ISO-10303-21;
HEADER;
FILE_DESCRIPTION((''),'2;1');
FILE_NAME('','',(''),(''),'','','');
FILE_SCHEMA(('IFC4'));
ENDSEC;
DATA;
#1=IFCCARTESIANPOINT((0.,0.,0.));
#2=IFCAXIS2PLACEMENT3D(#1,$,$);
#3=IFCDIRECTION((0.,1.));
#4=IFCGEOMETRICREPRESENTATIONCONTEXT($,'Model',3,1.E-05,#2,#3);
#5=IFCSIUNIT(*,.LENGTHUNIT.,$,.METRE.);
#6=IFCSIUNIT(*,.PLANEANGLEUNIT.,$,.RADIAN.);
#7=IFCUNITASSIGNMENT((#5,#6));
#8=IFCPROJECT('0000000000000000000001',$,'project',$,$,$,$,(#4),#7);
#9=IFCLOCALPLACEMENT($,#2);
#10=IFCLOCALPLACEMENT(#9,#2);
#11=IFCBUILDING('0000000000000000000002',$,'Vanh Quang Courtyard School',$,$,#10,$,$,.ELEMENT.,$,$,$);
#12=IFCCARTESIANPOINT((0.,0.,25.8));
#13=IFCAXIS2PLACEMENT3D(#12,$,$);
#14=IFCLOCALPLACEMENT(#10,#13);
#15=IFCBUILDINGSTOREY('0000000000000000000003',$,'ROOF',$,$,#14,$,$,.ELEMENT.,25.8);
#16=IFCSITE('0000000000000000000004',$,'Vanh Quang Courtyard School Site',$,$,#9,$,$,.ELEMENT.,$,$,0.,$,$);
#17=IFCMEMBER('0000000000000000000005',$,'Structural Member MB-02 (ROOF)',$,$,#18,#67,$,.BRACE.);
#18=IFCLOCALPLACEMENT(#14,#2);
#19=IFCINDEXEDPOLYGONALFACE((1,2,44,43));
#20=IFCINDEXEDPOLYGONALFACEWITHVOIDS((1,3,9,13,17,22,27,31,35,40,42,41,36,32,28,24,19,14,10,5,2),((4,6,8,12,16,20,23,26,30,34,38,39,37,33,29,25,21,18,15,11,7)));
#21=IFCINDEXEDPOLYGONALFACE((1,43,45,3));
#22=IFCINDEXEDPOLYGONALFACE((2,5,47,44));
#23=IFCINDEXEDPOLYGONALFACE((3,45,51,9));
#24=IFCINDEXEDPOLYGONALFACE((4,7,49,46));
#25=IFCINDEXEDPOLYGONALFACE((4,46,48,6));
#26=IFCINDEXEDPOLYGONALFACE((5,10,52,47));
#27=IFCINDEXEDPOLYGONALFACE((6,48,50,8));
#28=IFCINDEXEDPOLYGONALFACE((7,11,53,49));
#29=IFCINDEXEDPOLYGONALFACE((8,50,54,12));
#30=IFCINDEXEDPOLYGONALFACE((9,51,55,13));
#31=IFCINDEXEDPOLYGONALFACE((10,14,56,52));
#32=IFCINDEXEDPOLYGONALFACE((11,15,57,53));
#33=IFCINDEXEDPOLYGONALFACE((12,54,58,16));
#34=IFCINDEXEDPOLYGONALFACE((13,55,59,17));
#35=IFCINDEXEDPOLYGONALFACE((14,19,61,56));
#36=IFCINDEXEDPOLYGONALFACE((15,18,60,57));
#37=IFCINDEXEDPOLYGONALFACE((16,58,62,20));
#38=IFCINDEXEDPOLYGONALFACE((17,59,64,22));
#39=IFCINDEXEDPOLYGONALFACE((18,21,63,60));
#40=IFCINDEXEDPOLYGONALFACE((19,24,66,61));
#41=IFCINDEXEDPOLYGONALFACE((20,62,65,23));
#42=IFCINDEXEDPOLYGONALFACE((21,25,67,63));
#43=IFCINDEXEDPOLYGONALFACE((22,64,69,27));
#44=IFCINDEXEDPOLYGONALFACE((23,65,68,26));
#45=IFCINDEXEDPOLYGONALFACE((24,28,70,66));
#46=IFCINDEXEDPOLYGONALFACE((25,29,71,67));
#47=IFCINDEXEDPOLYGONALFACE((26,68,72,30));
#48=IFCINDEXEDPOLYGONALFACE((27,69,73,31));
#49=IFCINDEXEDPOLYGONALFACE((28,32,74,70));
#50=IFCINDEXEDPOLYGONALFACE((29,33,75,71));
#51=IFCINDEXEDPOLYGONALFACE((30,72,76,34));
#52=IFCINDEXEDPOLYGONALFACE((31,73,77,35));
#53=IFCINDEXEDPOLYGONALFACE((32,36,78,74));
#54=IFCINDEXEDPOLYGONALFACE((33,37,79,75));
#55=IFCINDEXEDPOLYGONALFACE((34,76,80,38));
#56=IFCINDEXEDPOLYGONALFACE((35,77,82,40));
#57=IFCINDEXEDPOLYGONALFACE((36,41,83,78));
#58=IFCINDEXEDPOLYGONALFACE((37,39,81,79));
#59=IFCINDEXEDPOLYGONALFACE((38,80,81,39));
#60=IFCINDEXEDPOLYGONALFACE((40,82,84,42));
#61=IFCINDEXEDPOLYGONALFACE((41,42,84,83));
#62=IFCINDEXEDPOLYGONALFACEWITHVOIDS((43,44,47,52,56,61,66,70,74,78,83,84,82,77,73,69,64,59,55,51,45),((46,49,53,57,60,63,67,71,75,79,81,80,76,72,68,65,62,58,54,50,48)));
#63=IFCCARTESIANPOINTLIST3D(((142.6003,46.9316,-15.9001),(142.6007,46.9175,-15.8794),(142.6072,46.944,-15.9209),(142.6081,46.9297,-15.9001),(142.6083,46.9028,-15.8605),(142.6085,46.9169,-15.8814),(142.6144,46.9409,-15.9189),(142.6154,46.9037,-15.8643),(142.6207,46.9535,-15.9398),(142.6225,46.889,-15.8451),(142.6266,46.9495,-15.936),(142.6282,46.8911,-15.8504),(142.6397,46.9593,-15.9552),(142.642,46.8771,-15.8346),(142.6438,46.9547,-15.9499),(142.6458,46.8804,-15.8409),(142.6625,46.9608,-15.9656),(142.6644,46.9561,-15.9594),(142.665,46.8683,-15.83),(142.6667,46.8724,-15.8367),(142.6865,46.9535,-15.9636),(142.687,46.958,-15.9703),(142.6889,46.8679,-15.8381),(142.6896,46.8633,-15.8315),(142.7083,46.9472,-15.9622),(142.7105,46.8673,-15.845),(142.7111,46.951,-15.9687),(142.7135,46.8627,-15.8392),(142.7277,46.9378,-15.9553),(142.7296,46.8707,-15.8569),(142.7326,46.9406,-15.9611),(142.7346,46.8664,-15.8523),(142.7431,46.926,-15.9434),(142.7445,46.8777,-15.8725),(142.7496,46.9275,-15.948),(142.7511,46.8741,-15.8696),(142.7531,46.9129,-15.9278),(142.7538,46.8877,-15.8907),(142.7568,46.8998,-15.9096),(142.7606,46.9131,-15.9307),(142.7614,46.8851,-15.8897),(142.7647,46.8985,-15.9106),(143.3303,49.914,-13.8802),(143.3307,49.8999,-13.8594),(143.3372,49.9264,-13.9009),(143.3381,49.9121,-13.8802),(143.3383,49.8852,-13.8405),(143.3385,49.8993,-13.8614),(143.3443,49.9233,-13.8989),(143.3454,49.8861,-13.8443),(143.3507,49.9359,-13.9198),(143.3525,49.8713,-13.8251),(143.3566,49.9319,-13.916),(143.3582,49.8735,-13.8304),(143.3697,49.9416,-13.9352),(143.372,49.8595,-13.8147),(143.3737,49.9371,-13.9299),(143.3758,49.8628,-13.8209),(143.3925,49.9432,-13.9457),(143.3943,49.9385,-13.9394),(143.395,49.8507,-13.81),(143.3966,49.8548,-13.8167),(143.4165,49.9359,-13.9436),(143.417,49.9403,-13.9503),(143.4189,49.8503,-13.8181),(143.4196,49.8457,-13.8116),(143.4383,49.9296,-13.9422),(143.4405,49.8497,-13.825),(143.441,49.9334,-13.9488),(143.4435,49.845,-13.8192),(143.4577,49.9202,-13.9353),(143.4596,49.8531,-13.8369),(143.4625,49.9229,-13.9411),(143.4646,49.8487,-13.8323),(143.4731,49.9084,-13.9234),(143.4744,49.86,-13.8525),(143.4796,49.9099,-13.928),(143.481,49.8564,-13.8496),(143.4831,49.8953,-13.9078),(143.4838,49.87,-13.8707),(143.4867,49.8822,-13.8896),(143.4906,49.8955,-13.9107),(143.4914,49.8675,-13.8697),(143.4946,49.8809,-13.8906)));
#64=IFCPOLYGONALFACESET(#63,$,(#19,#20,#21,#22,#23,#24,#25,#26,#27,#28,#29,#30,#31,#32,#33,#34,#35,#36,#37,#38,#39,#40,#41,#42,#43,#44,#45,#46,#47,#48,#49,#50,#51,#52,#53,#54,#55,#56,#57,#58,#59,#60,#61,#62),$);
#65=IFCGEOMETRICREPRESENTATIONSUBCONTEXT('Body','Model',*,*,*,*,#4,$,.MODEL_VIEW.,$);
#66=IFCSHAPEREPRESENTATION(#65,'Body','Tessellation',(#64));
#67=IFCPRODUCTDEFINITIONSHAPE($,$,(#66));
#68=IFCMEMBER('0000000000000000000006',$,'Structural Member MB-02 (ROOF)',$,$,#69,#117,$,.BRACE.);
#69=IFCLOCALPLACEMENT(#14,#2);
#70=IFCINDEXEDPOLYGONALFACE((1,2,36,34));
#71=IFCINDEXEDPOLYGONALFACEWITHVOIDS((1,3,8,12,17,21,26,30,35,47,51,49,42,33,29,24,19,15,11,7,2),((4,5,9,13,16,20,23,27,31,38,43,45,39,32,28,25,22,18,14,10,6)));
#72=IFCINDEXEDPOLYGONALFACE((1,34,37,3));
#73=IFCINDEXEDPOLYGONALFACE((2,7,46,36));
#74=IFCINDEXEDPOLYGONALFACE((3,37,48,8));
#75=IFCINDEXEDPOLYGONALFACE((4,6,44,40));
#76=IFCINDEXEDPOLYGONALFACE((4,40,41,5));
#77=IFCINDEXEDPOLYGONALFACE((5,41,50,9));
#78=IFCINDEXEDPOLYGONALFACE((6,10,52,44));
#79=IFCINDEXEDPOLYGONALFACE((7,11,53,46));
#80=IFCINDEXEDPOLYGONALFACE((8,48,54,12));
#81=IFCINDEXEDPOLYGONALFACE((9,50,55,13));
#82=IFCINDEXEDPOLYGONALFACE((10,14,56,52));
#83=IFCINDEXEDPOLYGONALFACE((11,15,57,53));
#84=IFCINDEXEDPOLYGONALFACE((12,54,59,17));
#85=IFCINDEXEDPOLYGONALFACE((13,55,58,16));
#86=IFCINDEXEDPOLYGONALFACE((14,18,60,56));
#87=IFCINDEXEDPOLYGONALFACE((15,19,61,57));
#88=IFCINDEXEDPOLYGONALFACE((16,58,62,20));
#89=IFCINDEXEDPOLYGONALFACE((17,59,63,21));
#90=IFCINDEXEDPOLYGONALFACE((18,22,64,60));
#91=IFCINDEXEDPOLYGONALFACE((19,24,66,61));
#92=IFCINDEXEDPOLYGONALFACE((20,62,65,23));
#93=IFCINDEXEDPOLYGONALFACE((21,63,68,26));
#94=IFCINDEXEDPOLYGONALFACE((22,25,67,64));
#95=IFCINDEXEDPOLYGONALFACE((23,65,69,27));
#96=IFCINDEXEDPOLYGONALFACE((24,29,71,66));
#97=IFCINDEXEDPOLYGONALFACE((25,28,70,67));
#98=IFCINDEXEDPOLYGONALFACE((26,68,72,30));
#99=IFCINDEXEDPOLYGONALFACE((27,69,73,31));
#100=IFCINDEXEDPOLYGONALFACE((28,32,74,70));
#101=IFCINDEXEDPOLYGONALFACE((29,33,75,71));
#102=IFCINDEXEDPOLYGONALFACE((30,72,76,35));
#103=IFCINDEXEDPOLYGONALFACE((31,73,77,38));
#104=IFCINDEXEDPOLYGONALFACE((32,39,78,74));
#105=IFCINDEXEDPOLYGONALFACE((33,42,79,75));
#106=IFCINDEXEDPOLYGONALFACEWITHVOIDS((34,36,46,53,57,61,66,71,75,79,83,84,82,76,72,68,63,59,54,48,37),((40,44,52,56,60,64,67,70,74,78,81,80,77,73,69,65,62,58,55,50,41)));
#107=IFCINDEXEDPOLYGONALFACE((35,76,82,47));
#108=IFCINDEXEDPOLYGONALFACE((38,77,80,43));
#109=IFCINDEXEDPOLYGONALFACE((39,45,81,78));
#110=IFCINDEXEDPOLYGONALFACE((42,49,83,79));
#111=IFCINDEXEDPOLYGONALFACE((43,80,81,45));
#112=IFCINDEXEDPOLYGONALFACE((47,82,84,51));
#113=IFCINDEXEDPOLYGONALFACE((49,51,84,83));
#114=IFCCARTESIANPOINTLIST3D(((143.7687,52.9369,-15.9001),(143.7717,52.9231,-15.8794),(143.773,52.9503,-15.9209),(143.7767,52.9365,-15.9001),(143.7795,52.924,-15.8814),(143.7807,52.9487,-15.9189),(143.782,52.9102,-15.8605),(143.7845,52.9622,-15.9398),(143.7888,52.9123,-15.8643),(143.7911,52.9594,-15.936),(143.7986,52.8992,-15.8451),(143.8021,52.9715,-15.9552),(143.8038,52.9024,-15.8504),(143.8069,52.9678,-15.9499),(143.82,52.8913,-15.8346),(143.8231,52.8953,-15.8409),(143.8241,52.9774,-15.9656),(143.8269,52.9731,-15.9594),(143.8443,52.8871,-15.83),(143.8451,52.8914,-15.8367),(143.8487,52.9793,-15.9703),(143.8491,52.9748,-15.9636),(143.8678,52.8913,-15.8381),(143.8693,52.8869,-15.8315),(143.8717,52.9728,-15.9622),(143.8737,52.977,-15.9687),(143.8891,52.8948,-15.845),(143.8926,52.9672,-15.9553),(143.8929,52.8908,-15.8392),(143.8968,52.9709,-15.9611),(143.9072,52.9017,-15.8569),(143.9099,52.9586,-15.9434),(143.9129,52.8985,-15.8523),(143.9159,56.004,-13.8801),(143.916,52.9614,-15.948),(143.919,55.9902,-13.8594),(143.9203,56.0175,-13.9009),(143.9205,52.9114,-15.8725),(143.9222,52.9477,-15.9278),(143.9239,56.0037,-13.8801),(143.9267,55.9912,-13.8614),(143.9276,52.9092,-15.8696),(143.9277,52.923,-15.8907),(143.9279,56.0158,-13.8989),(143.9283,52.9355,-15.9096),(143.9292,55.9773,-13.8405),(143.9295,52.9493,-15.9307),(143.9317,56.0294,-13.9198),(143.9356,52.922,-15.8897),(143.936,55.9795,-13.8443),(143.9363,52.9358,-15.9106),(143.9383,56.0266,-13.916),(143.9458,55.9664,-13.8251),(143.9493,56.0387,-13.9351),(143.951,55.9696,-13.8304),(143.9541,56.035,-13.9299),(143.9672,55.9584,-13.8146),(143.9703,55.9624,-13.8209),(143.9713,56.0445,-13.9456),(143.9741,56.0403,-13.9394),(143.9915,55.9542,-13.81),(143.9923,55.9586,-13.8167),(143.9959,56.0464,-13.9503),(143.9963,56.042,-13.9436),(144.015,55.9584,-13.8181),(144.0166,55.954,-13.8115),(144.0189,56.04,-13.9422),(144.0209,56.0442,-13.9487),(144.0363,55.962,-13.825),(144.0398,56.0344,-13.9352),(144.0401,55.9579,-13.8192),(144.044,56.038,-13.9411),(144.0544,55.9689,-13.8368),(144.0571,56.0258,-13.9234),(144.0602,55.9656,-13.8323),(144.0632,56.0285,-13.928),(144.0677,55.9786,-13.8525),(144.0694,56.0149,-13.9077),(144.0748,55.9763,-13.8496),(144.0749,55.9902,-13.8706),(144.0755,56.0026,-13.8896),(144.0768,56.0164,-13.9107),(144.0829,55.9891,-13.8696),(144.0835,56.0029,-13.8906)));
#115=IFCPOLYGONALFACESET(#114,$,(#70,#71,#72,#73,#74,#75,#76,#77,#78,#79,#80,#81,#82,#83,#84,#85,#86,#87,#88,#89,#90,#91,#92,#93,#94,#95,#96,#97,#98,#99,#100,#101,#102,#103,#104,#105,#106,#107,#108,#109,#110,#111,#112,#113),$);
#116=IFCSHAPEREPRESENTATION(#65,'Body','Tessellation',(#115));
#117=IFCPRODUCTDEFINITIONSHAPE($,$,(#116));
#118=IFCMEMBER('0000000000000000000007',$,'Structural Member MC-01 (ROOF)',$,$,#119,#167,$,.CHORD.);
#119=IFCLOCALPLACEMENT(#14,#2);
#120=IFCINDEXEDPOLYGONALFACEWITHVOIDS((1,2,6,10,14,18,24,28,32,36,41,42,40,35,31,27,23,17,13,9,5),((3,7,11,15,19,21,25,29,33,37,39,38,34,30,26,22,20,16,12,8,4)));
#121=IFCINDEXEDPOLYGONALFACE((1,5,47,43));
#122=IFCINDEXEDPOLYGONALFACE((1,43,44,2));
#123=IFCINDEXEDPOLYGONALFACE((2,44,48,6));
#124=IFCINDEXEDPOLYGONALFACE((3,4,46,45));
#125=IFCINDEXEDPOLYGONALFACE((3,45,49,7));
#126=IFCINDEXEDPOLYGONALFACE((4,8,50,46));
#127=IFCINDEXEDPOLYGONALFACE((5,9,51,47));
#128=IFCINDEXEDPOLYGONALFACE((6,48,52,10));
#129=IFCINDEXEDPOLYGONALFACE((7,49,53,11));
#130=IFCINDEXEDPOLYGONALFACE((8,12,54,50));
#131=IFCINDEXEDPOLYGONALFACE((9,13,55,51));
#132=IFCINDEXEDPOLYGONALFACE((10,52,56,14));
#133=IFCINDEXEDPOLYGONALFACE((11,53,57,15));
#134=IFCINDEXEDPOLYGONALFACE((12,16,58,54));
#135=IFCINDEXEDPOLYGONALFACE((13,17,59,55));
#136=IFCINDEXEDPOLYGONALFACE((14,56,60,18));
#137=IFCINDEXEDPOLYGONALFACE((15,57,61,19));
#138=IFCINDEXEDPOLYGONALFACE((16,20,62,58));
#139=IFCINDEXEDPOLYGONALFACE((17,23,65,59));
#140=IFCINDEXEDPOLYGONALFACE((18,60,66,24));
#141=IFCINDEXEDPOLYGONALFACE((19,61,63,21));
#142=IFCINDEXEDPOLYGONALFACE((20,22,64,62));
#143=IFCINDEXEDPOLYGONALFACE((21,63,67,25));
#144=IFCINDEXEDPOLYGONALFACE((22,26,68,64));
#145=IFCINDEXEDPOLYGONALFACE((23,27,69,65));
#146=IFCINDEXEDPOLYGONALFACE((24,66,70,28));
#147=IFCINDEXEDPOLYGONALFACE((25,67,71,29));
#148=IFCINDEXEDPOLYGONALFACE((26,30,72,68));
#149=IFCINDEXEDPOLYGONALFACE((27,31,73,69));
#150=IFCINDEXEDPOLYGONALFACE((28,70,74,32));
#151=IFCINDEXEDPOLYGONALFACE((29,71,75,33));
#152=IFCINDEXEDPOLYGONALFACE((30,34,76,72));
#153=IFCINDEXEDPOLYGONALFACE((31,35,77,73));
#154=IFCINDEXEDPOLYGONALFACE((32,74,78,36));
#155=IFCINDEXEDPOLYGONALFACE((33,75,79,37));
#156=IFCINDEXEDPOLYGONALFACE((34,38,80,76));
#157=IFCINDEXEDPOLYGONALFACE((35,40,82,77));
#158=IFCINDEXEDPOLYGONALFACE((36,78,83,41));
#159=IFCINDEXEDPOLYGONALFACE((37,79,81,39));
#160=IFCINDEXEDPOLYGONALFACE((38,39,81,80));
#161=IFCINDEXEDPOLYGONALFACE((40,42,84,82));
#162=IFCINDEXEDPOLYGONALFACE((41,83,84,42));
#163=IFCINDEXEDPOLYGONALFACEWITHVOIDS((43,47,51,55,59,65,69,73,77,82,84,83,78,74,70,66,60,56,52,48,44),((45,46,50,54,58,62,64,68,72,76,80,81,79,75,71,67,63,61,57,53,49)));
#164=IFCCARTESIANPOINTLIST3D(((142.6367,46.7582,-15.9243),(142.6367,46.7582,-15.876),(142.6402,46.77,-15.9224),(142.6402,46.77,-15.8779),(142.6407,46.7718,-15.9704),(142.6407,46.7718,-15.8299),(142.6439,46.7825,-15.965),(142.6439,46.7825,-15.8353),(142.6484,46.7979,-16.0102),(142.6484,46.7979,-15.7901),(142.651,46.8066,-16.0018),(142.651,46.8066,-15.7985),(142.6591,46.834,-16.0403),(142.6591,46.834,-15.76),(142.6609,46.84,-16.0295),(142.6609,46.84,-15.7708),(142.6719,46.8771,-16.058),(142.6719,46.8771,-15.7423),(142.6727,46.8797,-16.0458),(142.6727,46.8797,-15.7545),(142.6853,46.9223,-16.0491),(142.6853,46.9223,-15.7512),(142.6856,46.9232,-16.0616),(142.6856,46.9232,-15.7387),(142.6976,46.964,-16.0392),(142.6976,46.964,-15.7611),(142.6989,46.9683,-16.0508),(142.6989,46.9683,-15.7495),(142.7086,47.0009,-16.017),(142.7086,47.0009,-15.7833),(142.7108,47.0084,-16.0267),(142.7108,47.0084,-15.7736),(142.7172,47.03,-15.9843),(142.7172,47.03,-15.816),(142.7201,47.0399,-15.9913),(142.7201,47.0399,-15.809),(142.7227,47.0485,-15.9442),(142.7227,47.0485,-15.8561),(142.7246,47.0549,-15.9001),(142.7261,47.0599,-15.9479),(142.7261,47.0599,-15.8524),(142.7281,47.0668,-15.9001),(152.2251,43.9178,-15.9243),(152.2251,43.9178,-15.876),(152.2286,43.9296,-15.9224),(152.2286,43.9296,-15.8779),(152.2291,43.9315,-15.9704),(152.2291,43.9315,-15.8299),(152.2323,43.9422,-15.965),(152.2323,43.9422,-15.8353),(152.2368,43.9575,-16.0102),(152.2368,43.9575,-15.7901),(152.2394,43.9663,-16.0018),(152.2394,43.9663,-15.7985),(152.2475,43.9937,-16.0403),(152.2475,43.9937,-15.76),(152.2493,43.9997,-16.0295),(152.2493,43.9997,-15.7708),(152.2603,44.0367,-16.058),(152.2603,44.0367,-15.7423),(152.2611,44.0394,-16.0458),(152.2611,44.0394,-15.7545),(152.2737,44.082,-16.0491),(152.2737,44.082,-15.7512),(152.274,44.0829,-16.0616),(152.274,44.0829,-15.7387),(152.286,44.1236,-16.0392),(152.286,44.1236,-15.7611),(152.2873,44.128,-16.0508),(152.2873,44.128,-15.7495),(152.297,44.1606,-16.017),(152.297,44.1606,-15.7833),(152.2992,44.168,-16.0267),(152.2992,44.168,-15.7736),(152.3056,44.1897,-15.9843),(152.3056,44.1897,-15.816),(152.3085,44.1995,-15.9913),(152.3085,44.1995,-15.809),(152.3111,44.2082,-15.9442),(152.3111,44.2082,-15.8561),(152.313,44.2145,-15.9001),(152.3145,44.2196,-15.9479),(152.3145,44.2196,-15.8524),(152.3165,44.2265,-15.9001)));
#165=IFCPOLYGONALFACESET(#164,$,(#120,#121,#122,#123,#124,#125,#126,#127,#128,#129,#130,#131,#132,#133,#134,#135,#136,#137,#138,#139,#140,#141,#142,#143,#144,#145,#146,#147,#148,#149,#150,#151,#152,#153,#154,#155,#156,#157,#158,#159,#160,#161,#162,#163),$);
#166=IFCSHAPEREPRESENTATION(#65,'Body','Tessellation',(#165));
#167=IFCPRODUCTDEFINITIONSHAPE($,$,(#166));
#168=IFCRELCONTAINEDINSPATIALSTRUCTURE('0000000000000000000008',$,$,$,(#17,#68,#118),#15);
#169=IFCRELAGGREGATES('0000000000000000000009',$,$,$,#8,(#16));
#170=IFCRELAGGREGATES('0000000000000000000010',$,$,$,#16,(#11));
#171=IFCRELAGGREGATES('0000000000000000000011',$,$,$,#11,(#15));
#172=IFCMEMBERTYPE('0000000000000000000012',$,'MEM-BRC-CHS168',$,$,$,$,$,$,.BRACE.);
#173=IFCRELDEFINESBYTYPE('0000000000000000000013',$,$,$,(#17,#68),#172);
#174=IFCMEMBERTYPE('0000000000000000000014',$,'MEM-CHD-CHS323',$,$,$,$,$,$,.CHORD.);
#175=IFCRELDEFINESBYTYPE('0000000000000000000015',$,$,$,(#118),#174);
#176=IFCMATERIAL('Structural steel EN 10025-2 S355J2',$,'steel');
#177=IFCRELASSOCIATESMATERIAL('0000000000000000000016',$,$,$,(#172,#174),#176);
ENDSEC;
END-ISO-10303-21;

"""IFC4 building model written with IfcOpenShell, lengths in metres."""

from ifc_helpers import new_model, si_unit, direction, frame, origin, origin_2d, place, context, subcontext, project, spatial, hollow_circle, extrude, material, material_profile, profile_set, type_object, element, save


model = new_model("IFC4")

# Units and contexts
model_context = context("Model", 3, precision=1e-05, world=origin(), true_north=direction((0.0, 1.0)))
body_context = subcontext(model_context, "Body", "Model", "MODEL_VIEW")
ifc_project = project(units=[si_unit("LENGTHUNIT", "METRE"), si_unit("PLANEANGLEUNIT", "RADIAN")], contexts=[model_context])

# Site, building, storey
site_placement = place(None, origin())
site = spatial("IfcSite", under=ifc_project, at=site_placement, Name="Vanh Quang Courtyard School Site", CompositionType="ELEMENT", RefElevation=0.0)
building_placement = place(site_placement, origin())
building = spatial("IfcBuilding", under=site, at=building_placement, Name="Vanh Quang Courtyard School", CompositionType="ELEMENT")
storey_placement = place(building_placement, frame((0.0, 0.0, 25.8)))
storey = spatial("IfcBuildingStorey", under=building, at=storey_placement, Name="ROOF", CompositionType="ELEMENT", Elevation=25.8)

# Shared definitions
ifc_material_1 = material(Name="Structural steel EN 10025-2 S355J2", Category="steel")

# Members
ifc_material_profile_1 = material_profile(ifc_material_1, hollow_circle(Radius=0.0842, WallThickness=0.0081, at=origin_2d()), Name="CHS 168.3x8")
ifc_profile_set_1 = profile_set([ifc_material_profile_1], Name="Structural steel EN 10025-2 S355J2")
member_type_1 = type_object("IfcMemberType", Name="MEM-BRC-CHS168", PredefinedType="BRACE", material=ifc_profile_set_1)
member_1_placement = place(storey_placement, frame((142.6821, 46.9116, -15.9001), z_axis=(0.198615, 0.811466, 0.549613), x_axis=(-0.971328, 0.237743, 0.0)))
element("IfcMember", 1, at=member_1_placement, inside=storey, type_object=member_type_1, Name="Structural Member MB-02 (ROOF)", PredefinedType="BRACE", context=body_context, shape_type="SweptSolid", body=[
    extrude(hollow_circle(Radius=0.0842, WallThickness=0.0081, at=origin_2d()), origin(), (0.0, 0.0, 1.0), 3.6753),
])
member_2_placement = place(storey_placement, frame((143.8528, 52.9329, -15.9001), z_axis=(0.040053, 0.834476, 0.549587), x_axis=(-0.99885, 0.047943, 0.0)))
element("IfcMember", 2, at=member_2_placement, inside=storey, type_object=member_type_1, Name="Structural Member MB-02 (ROOF)", PredefinedType="BRACE", context=body_context, shape_type="SweptSolid", body=[
    extrude(hollow_circle(Radius=0.0842, WallThickness=0.0081, at=origin_2d()), origin(), (0.0, 0.0, 1.0), 3.6755),
])
ifc_material_profile_2 = material_profile(ifc_material_1, hollow_circle(Radius=0.1619, WallThickness=0.0125, at=origin_2d()), Name="CHS 323.9x12.5")
ifc_profile_set_2 = profile_set([ifc_material_profile_2], Name="Structural steel EN 10025-2 S355J2")
member_type_2 = type_object("IfcMemberType", Name="MEM-CHD-CHS323", PredefinedType="CHORD", material=ifc_profile_set_2)
member_3_placement = place(storey_placement, frame((142.6821, 46.9116, -15.9001), z_axis=(0.958816, -0.284027, 0.0), x_axis=(0.284027, 0.958816, 0.0)))
element("IfcMember", 3, at=member_3_placement, inside=storey, type_object=member_type_2, Name="Structural Member MC-01 (ROOF)", PredefinedType="CHORD", context=body_context, shape_type="SweptSolid", body=[
    extrude(hollow_circle(Radius=0.1619, WallThickness=0.0125, at=origin_2d()), origin(), (0.0, 0.0, 1.0), 10.0002),
])

save(model, "model.ifc")
